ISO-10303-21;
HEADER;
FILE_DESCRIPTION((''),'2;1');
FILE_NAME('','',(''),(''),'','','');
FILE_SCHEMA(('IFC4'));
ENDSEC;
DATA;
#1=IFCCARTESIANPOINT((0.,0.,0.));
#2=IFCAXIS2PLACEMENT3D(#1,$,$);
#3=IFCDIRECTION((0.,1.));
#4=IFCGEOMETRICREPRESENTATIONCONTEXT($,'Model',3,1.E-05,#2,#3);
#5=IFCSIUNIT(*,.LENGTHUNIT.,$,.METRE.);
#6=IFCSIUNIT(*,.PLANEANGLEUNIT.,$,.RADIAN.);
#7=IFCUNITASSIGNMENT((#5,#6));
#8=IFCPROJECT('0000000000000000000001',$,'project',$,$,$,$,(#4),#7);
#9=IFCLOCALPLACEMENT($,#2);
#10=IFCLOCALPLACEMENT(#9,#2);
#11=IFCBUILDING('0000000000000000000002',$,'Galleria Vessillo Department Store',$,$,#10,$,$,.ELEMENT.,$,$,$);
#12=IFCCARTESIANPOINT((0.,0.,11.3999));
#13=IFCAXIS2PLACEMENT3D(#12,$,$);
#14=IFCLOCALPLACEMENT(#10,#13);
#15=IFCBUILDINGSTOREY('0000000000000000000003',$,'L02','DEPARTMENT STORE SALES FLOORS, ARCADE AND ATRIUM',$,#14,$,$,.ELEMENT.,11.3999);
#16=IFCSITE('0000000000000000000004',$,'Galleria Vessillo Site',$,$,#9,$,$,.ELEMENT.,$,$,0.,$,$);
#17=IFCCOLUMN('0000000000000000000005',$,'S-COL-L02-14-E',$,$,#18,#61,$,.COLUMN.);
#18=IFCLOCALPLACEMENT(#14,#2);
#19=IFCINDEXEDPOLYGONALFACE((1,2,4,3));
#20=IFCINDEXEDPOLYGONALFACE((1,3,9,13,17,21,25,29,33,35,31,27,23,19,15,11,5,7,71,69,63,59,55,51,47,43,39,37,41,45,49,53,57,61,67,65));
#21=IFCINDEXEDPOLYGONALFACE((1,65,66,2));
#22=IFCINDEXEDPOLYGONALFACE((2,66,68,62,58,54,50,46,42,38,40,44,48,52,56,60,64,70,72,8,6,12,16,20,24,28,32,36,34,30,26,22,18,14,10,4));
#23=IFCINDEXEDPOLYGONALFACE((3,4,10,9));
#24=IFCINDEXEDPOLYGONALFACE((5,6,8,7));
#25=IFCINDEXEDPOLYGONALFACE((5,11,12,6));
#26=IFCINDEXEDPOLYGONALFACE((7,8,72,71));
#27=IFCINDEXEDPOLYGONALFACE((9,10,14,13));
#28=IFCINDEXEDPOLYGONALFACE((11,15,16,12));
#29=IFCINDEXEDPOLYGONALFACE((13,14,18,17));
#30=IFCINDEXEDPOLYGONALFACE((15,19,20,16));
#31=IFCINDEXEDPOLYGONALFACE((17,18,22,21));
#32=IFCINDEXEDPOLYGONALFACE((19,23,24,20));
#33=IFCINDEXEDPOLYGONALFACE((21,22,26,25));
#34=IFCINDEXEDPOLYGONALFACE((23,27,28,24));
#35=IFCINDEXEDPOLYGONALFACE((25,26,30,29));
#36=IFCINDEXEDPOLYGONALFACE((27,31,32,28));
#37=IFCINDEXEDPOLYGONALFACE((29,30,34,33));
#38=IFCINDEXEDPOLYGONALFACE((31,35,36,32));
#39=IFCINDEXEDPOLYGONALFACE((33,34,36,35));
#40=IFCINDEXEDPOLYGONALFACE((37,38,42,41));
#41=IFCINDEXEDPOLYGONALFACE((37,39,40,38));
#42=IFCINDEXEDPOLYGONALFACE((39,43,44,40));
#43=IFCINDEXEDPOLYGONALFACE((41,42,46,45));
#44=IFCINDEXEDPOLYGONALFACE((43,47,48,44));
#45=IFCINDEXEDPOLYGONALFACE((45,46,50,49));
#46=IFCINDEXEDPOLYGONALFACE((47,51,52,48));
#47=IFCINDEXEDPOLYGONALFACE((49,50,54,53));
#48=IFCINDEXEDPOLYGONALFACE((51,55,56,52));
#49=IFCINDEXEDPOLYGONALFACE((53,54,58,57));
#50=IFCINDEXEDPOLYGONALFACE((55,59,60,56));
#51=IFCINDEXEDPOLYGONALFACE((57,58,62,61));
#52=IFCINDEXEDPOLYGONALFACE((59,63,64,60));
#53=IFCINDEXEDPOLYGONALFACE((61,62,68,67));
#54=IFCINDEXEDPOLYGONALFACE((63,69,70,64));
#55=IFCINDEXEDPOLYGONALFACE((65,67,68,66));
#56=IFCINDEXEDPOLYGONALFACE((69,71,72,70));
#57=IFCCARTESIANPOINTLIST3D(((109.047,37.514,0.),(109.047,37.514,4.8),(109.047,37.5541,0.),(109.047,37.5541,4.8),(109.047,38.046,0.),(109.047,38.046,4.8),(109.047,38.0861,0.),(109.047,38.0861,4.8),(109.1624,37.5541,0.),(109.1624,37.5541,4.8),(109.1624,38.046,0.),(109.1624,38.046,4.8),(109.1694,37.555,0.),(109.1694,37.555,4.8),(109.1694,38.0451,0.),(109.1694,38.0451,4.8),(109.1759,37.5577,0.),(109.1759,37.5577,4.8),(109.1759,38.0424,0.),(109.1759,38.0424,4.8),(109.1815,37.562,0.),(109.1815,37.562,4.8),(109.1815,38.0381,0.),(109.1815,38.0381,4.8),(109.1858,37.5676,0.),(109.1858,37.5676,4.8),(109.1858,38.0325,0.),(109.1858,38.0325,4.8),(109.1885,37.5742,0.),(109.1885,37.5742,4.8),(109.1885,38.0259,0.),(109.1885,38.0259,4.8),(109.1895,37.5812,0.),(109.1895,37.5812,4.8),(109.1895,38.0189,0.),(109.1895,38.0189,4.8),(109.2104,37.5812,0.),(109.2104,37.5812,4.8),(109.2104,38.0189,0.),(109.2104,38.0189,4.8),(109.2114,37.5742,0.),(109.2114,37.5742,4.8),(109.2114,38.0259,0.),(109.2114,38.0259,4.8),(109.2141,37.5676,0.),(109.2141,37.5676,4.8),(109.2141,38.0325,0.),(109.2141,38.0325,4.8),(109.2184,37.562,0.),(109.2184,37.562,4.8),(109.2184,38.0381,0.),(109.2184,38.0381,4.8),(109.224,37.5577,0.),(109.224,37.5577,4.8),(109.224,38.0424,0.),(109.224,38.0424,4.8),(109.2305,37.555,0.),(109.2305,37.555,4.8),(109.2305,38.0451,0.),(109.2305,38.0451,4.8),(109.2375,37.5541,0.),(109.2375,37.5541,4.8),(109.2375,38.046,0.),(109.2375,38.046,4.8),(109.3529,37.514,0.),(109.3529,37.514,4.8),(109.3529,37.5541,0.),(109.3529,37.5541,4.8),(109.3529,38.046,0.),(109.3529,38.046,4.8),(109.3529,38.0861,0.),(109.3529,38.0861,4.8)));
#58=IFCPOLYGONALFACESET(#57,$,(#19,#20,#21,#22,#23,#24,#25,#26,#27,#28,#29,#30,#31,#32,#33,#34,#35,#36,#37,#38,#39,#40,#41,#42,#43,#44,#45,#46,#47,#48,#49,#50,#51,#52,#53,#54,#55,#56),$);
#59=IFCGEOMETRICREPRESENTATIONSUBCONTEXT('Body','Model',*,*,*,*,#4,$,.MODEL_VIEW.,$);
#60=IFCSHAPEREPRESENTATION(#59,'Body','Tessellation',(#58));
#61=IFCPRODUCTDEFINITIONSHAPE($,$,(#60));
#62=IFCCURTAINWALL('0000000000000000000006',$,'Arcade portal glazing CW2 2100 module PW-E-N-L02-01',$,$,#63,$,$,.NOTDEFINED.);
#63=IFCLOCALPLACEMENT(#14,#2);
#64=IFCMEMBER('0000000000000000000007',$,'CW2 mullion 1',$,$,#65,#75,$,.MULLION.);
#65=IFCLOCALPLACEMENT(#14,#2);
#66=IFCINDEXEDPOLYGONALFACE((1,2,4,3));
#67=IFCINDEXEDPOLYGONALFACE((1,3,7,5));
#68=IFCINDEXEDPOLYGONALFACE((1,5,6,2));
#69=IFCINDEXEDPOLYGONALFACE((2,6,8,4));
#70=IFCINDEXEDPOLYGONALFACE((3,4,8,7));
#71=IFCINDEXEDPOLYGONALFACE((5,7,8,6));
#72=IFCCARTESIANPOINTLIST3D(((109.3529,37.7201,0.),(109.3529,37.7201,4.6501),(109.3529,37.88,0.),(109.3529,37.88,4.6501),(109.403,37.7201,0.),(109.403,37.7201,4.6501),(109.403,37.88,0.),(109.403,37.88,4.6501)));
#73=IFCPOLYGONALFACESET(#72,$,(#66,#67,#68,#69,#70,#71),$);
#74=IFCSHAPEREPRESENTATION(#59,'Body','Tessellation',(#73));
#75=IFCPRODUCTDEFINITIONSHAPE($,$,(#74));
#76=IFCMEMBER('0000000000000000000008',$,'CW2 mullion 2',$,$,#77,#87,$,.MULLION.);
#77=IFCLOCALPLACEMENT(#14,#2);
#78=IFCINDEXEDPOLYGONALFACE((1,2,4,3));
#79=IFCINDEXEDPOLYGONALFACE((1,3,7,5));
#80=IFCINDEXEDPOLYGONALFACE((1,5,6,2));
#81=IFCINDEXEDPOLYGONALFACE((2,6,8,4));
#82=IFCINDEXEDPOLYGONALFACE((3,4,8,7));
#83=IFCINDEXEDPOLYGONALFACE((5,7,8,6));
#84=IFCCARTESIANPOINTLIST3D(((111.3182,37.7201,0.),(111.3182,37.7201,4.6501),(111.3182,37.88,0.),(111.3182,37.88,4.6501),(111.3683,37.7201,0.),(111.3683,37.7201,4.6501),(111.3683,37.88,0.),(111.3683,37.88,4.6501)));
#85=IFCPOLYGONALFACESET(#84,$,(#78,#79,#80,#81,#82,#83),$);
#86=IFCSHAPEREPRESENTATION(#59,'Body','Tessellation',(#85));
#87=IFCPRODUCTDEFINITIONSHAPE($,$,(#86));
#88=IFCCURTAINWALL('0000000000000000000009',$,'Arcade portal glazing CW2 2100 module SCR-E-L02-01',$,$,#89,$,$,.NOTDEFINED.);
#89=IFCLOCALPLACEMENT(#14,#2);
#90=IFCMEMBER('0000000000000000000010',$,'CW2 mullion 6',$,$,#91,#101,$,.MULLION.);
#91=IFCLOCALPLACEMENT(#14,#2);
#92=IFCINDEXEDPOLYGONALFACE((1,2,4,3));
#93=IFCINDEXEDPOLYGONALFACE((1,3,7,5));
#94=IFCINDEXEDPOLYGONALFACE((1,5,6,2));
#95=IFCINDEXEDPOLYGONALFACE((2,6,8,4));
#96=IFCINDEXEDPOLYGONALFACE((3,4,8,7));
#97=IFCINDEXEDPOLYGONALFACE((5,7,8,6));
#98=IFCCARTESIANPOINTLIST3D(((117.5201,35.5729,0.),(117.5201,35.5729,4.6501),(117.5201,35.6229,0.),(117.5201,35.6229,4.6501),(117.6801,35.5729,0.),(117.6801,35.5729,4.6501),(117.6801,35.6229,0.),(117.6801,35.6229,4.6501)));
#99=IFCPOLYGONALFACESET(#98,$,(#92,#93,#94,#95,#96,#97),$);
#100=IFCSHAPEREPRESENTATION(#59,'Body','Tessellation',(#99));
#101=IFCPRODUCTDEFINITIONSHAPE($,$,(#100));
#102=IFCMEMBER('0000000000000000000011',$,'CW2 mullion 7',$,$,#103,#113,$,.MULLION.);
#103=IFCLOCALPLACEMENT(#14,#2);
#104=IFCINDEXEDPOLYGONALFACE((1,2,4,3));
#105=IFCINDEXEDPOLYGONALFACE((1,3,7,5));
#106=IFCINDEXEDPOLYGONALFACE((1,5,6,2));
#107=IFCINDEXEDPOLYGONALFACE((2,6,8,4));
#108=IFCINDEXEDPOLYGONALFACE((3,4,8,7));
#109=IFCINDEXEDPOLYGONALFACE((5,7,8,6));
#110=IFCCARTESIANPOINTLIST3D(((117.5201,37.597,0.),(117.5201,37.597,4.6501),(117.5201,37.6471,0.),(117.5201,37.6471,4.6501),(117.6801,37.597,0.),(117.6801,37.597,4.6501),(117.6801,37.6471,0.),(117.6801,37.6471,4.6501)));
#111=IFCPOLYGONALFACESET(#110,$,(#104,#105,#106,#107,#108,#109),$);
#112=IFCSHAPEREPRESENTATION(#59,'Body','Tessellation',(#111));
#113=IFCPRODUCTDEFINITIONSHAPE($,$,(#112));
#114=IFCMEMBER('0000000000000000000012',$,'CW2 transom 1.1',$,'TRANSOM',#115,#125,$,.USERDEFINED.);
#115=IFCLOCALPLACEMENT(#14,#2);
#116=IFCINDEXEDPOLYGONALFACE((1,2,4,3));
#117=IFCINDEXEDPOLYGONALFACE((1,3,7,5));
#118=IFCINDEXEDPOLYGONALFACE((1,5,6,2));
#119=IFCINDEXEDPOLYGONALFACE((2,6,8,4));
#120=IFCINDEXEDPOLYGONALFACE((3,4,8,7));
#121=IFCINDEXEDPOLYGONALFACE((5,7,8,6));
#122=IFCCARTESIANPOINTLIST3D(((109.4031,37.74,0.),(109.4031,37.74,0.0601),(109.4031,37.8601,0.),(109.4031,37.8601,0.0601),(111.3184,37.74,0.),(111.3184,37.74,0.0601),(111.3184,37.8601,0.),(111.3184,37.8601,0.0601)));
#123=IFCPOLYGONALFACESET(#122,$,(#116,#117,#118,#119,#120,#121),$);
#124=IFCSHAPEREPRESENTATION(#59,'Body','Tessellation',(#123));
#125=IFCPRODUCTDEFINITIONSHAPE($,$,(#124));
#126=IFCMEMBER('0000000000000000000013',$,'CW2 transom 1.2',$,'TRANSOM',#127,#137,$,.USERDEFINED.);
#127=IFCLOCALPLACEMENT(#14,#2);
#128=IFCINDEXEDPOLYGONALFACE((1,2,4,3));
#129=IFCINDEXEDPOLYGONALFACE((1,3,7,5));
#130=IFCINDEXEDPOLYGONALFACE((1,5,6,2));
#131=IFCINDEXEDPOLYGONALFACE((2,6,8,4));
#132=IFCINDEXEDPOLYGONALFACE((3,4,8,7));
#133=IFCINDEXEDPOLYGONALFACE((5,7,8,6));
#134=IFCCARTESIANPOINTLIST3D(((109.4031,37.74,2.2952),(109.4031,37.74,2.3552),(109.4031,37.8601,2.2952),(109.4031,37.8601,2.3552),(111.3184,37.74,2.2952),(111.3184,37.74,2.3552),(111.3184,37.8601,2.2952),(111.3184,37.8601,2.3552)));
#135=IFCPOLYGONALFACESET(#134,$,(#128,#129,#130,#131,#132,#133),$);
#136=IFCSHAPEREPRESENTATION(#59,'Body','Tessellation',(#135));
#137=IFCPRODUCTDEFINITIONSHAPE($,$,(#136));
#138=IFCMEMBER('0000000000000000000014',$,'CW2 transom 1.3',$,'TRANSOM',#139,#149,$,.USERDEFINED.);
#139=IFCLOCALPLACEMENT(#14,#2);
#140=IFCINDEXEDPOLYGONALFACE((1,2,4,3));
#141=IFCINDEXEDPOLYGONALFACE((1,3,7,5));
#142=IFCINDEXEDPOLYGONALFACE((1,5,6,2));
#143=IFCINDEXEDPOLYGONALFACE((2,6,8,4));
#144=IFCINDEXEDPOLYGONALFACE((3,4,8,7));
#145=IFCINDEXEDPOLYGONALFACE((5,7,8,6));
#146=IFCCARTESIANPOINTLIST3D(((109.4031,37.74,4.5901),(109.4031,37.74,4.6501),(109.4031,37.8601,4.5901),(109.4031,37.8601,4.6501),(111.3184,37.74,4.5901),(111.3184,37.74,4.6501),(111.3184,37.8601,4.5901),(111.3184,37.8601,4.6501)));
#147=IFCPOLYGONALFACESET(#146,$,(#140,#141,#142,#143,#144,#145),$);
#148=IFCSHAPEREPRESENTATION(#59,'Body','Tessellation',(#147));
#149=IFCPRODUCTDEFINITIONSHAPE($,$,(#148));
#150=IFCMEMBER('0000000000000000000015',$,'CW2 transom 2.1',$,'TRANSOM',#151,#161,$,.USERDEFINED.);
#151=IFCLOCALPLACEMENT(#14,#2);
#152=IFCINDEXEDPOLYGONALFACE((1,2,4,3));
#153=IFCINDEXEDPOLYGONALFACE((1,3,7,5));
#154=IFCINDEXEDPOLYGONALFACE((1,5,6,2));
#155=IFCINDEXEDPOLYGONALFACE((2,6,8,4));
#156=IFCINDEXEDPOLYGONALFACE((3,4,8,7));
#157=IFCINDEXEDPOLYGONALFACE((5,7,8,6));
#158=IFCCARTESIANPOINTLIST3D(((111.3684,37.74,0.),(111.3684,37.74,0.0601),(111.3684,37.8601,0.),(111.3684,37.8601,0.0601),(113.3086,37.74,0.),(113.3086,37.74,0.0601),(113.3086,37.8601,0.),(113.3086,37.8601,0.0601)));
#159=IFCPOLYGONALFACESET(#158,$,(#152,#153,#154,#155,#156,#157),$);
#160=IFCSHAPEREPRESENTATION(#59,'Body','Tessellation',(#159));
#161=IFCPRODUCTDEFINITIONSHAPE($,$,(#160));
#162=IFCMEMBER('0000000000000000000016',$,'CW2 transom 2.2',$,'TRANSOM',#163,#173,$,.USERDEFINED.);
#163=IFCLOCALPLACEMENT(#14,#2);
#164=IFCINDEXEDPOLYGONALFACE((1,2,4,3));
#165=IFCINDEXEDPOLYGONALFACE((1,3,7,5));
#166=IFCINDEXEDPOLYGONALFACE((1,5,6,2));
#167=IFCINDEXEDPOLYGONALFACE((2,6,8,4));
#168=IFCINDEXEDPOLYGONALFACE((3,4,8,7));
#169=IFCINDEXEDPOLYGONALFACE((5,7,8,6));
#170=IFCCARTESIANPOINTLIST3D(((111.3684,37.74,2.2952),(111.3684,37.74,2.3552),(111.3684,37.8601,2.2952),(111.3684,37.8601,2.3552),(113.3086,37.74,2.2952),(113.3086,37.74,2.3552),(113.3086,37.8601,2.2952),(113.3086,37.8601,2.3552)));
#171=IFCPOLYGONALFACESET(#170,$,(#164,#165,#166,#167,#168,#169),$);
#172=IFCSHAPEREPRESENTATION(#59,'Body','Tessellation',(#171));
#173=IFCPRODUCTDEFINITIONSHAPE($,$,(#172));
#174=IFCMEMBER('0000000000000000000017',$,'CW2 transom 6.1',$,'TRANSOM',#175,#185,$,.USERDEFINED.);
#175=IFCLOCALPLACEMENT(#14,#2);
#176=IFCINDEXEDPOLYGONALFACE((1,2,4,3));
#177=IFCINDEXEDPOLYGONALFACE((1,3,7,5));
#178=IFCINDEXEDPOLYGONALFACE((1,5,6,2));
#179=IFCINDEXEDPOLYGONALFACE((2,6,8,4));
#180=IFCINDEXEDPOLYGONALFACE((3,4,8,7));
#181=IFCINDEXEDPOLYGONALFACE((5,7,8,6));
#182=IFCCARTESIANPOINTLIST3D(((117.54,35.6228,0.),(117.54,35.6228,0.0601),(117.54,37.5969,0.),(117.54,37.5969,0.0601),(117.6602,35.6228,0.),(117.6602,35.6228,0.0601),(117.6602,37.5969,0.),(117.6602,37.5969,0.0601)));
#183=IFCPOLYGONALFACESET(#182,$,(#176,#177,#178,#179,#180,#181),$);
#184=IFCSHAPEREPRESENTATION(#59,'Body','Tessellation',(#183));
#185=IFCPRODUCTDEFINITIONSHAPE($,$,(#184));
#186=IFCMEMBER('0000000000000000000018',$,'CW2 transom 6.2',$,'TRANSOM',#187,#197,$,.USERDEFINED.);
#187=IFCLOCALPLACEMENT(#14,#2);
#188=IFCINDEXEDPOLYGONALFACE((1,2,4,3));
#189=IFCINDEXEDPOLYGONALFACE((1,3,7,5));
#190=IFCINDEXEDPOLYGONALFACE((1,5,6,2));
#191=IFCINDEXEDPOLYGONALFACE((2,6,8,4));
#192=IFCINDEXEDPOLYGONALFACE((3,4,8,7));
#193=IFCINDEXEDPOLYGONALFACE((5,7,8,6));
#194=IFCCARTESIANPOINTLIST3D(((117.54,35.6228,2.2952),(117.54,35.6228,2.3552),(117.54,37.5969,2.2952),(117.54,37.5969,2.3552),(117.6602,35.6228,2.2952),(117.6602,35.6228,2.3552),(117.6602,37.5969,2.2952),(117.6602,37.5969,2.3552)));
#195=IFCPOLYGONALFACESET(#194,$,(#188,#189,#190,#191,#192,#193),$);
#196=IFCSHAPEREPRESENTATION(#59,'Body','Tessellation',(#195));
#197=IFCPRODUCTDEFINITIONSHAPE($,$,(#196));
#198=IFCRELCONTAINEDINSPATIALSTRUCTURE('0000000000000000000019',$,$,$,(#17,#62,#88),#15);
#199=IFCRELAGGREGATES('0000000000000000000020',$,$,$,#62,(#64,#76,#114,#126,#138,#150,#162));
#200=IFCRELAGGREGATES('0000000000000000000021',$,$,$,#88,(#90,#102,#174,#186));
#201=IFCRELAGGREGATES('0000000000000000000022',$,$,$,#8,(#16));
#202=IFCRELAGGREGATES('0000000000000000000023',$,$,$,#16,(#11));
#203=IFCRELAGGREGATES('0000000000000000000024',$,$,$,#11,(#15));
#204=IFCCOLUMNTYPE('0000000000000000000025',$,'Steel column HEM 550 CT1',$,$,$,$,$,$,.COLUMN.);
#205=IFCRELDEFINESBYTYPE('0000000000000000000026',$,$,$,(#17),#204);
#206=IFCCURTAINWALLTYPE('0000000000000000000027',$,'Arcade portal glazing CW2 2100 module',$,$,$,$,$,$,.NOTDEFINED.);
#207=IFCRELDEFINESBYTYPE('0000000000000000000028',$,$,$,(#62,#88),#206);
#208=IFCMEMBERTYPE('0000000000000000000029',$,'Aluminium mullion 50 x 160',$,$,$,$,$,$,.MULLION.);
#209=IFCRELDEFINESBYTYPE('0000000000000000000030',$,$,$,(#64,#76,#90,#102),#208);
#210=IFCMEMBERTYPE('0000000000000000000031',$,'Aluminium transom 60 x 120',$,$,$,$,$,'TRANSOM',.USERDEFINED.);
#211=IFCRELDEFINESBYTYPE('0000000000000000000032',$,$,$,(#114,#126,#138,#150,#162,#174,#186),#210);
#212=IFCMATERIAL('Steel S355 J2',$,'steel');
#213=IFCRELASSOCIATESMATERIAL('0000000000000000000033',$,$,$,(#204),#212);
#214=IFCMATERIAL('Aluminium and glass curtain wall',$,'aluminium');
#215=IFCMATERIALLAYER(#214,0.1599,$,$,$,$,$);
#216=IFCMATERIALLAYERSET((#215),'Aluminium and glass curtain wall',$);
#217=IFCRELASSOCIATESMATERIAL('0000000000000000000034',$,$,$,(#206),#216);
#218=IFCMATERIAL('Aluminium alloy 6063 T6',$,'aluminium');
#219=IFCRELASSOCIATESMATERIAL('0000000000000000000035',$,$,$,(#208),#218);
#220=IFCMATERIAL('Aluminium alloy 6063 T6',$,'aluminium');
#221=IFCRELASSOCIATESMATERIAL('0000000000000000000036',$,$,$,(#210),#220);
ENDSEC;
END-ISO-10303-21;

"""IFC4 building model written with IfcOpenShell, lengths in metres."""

from ifc_helpers import new_model, si_unit, direction, frame, origin, origin_2d, place, context, subcontext, project, spatial, rectangle, i_section, extrude, material, layer, layer_set, material_profile, profile_set, type_object, element, aggregate, save


model = new_model("IFC4")

# Units and contexts
model_context = context("Model", 3, precision=1e-05, world=origin(), true_north=direction((0.0, 1.0)))
body_context = subcontext(model_context, "Body", "Model", "MODEL_VIEW")
ifc_project = project(units=[si_unit("LENGTHUNIT", "METRE"), si_unit("PLANEANGLEUNIT", "RADIAN")], contexts=[model_context])

# Site, building, storey
site_placement = place(None, origin())
site = spatial("IfcSite", under=ifc_project, at=site_placement, Name="Galleria Vessillo Site", CompositionType="ELEMENT", RefElevation=0.0)
building_placement = place(site_placement, origin())
building = spatial("IfcBuilding", under=site, at=building_placement, Name="Galleria Vessillo Department Store", CompositionType="ELEMENT")
storey_placement = place(building_placement, frame((0.0, 0.0, 11.3999)))
storey = spatial("IfcBuildingStorey", under=building, at=storey_placement, Name="L02", Description="DEPARTMENT STORE SALES FLOORS, ARCADE AND ATRIUM", CompositionType="ELEMENT", Elevation=11.3999)

# Column
ifc_material_1 = material(Name="Steel S355 J2", Category="steel")
ifc_material_profile_1 = material_profile(ifc_material_1, i_section(OverallWidth=0.3059, OverallDepth=0.572, WebThickness=0.021, FlangeThickness=0.04, FilletRadius=0.0271, at=origin_2d()), Name="HEM 550")
ifc_profile_set_1 = profile_set([ifc_material_profile_1], Name="Steel S355 J2")
column_type = type_object("IfcColumnType", Name="Steel column HEM 550 CT1", PredefinedType="COLUMN", material=ifc_profile_set_1)
column_placement = place(storey_placement, frame((109.2, 37.8, 0.0), z_axis=(0.0, 0.0, 1.0), x_axis=(1.0, 0.0, 0.0)))
element("IfcColumn", 1, at=column_placement, inside=storey, type_object=column_type, Name="S-COL-L02-14-E", PredefinedType="COLUMN", context=body_context, shape_type="SweptSolid", body=[
    extrude(i_section(OverallWidth=0.3059, OverallDepth=0.572, WebThickness=0.021, FlangeThickness=0.04, FilletRadius=0.0271, at=origin_2d()), origin(), (0.0, 0.0, 1.0), 4.8),
])

# Curtain walls, members
ifc_material_2 = material(Name="Aluminium and glass curtain wall", Category="aluminium")
ifc_layer_1 = layer(ifc_material_2, 0.1599)
ifc_layer_set_1 = layer_set([ifc_layer_1], Name="Aluminium and glass curtain wall")
curtain_wall_type = type_object("IfcCurtainWallType", Name="Arcade portal glazing CW2 2100 module", PredefinedType="NOTDEFINED", material=ifc_layer_set_1)
curtain_wall_1_placement = place(storey_placement, origin())
curtain_wall_1 = element("IfcCurtainWall", 2, at=curtain_wall_1_placement, inside=storey, type_object=curtain_wall_type, Name="Arcade portal glazing CW2 2100 module PW-E-N-L02-01", PredefinedType="NOTDEFINED")
ifc_material_3 = material(Name="Aluminium alloy 6063 T6", Category="aluminium")
ifc_material_profile_2 = material_profile(ifc_material_3, rectangle(XDim=0.1599, YDim=0.05, at=origin_2d()), Name="AL 50x160")
ifc_profile_set_2 = profile_set([ifc_material_profile_2], Name="Aluminium alloy 6063 T6")
member_type_1 = type_object("IfcMemberType", Name="Aluminium mullion 50 x 160", PredefinedType="MULLION", material=ifc_profile_set_2)
member_1_placement = place(storey_placement, frame((109.3779, 37.8, 0.0), z_axis=(0.0, 0.0, 1.0), x_axis=(0.0, 1.0, 0.0)))
member_1 = element("IfcMember", 3, at=member_1_placement, type_object=member_type_1, Name="CW2 mullion 1", PredefinedType="MULLION", context=body_context, shape_type="SweptSolid", body=[
    extrude(rectangle(XDim=0.1599, YDim=0.05, at=origin_2d()), origin(), (0.0, 0.0, 1.0), 4.6501),
])
member_2_placement = place(storey_placement, frame((111.3433, 37.8, 0.0), z_axis=(0.0, 0.0, 1.0), x_axis=(0.0, 1.0, 0.0)))
member_2 = element("IfcMember", 4, at=member_2_placement, type_object=member_type_1, Name="CW2 mullion 2", PredefinedType="MULLION", context=body_context, shape_type="SweptSolid", body=[
    extrude(rectangle(XDim=0.1599, YDim=0.05, at=origin_2d()), origin(), (0.0, 0.0, 1.0), 4.6501),
])
curtain_wall_2_placement = place(storey_placement, origin())
curtain_wall_2 = element("IfcCurtainWall", 5, at=curtain_wall_2_placement, inside=storey, type_object=curtain_wall_type, Name="Arcade portal glazing CW2 2100 module SCR-E-L02-01", PredefinedType="NOTDEFINED")
member_3_placement = place(storey_placement, frame((117.6001, 35.5979, 0.0), z_axis=(0.0, 0.0, 1.0), x_axis=(-1.0, 0.0, 0.0)))
member_3 = element("IfcMember", 6, at=member_3_placement, type_object=member_type_1, Name="CW2 mullion 6", PredefinedType="MULLION", context=body_context, shape_type="SweptSolid", body=[
    extrude(rectangle(XDim=0.1599, YDim=0.05, at=origin_2d()), origin(), (0.0, 0.0, 1.0), 4.6501),
])
member_4_placement = place(storey_placement, frame((117.6001, 37.6221, 0.0), z_axis=(0.0, 0.0, 1.0), x_axis=(-1.0, 0.0, 0.0)))
member_4 = element("IfcMember", 7, at=member_4_placement, type_object=member_type_1, Name="CW2 mullion 7", PredefinedType="MULLION", context=body_context, shape_type="SweptSolid", body=[
    extrude(rectangle(XDim=0.1599, YDim=0.05, at=origin_2d()), origin(), (0.0, 0.0, 1.0), 4.6501),
])

# Members
ifc_material_4 = material(Name="Aluminium alloy 6063 T6", Category="aluminium")
ifc_material_profile_3 = material_profile(ifc_material_4, rectangle(XDim=0.1201, YDim=0.0601, at=origin_2d()), Name="AL 60x120")
ifc_profile_set_3 = profile_set([ifc_material_profile_3], Name="Aluminium alloy 6063 T6")
member_type_2 = type_object("IfcMemberType", Name="Aluminium transom 60 x 120", ElementType="TRANSOM", PredefinedType="USERDEFINED", material=ifc_profile_set_3)
member_5_placement = place(storey_placement, frame((109.4031, 37.8, 0.03), z_axis=(1.0, 0.0, 0.0), x_axis=(0.0, 1.0, 0.0)))
member_5 = element("IfcMember", 8, at=member_5_placement, type_object=member_type_2, Name="CW2 transom 1.1", ObjectType="TRANSOM", PredefinedType="USERDEFINED", context=body_context, shape_type="SweptSolid", body=[
    extrude(rectangle(XDim=0.1201, YDim=0.0601, at=origin_2d()), origin(), (0.0, 0.0, 1.0), 1.9153),
])
member_6_placement = place(storey_placement, frame((109.4031, 37.8, 2.3252), z_axis=(1.0, 0.0, 0.0), x_axis=(0.0, 1.0, 0.0)))
member_6 = element("IfcMember", 9, at=member_6_placement, type_object=member_type_2, Name="CW2 transom 1.2", ObjectType="TRANSOM", PredefinedType="USERDEFINED", context=body_context, shape_type="SweptSolid", body=[
    extrude(rectangle(XDim=0.1201, YDim=0.0601, at=origin_2d()), origin(), (0.0, 0.0, 1.0), 1.9153),
])
member_7_placement = place(storey_placement, frame((109.4031, 37.8, 4.6201), z_axis=(1.0, 0.0, 0.0), x_axis=(0.0, 1.0, 0.0)))
member_7 = element("IfcMember", 10, at=member_7_placement, type_object=member_type_2, Name="CW2 transom 1.3", ObjectType="TRANSOM", PredefinedType="USERDEFINED", context=body_context, shape_type="SweptSolid", body=[
    extrude(rectangle(XDim=0.1201, YDim=0.0601, at=origin_2d()), origin(), (0.0, 0.0, 1.0), 1.9153),
])
member_8_placement = place(storey_placement, frame((111.3684, 37.8, 0.03), z_axis=(1.0, 0.0, 0.0), x_axis=(0.0, 1.0, 0.0)))
member_8 = element("IfcMember", 11, at=member_8_placement, type_object=member_type_2, Name="CW2 transom 2.1", ObjectType="TRANSOM", PredefinedType="USERDEFINED", context=body_context, shape_type="SweptSolid", body=[
    extrude(rectangle(XDim=0.1201, YDim=0.0601, at=origin_2d()), origin(), (0.0, 0.0, 1.0), 1.9402),
])
member_9_placement = place(storey_placement, frame((111.3684, 37.8, 2.3252), z_axis=(1.0, 0.0, 0.0), x_axis=(0.0, 1.0, 0.0)))
member_9 = element("IfcMember", 12, at=member_9_placement, type_object=member_type_2, Name="CW2 transom 2.2", ObjectType="TRANSOM", PredefinedType="USERDEFINED", context=body_context, shape_type="SweptSolid", body=[
    extrude(rectangle(XDim=0.1201, YDim=0.0601, at=origin_2d()), origin(), (0.0, 0.0, 1.0), 1.9402),
])
member_10_placement = place(storey_placement, frame((117.6001, 35.6228, 0.03), z_axis=(0.0, 1.0, 0.0), x_axis=(-1.0, 0.0, 0.0)))
member_10 = element("IfcMember", 13, at=member_10_placement, type_object=member_type_2, Name="CW2 transom 6.1", ObjectType="TRANSOM", PredefinedType="USERDEFINED", context=body_context, shape_type="SweptSolid", body=[
    extrude(rectangle(XDim=0.1201, YDim=0.0601, at=origin_2d()), origin(), (0.0, 0.0, 1.0), 1.9741),
])
member_11_placement = place(storey_placement, frame((117.6001, 35.6228, 2.3252), z_axis=(0.0, 1.0, 0.0), x_axis=(-1.0, 0.0, 0.0)))
member_11 = element("IfcMember", 14, at=member_11_placement, type_object=member_type_2, Name="CW2 transom 6.2", ObjectType="TRANSOM", PredefinedType="USERDEFINED", context=body_context, shape_type="SweptSolid", body=[
    extrude(rectangle(XDim=0.1201, YDim=0.0601, at=origin_2d()), origin(), (0.0, 0.0, 1.0), 1.9741),
])

aggregate(curtain_wall_1, [member_1, member_2, member_5, member_6, member_7, member_8, member_9])
aggregate(curtain_wall_2, [member_3, member_4, member_10, member_11])

save(model, "model.ifc")
